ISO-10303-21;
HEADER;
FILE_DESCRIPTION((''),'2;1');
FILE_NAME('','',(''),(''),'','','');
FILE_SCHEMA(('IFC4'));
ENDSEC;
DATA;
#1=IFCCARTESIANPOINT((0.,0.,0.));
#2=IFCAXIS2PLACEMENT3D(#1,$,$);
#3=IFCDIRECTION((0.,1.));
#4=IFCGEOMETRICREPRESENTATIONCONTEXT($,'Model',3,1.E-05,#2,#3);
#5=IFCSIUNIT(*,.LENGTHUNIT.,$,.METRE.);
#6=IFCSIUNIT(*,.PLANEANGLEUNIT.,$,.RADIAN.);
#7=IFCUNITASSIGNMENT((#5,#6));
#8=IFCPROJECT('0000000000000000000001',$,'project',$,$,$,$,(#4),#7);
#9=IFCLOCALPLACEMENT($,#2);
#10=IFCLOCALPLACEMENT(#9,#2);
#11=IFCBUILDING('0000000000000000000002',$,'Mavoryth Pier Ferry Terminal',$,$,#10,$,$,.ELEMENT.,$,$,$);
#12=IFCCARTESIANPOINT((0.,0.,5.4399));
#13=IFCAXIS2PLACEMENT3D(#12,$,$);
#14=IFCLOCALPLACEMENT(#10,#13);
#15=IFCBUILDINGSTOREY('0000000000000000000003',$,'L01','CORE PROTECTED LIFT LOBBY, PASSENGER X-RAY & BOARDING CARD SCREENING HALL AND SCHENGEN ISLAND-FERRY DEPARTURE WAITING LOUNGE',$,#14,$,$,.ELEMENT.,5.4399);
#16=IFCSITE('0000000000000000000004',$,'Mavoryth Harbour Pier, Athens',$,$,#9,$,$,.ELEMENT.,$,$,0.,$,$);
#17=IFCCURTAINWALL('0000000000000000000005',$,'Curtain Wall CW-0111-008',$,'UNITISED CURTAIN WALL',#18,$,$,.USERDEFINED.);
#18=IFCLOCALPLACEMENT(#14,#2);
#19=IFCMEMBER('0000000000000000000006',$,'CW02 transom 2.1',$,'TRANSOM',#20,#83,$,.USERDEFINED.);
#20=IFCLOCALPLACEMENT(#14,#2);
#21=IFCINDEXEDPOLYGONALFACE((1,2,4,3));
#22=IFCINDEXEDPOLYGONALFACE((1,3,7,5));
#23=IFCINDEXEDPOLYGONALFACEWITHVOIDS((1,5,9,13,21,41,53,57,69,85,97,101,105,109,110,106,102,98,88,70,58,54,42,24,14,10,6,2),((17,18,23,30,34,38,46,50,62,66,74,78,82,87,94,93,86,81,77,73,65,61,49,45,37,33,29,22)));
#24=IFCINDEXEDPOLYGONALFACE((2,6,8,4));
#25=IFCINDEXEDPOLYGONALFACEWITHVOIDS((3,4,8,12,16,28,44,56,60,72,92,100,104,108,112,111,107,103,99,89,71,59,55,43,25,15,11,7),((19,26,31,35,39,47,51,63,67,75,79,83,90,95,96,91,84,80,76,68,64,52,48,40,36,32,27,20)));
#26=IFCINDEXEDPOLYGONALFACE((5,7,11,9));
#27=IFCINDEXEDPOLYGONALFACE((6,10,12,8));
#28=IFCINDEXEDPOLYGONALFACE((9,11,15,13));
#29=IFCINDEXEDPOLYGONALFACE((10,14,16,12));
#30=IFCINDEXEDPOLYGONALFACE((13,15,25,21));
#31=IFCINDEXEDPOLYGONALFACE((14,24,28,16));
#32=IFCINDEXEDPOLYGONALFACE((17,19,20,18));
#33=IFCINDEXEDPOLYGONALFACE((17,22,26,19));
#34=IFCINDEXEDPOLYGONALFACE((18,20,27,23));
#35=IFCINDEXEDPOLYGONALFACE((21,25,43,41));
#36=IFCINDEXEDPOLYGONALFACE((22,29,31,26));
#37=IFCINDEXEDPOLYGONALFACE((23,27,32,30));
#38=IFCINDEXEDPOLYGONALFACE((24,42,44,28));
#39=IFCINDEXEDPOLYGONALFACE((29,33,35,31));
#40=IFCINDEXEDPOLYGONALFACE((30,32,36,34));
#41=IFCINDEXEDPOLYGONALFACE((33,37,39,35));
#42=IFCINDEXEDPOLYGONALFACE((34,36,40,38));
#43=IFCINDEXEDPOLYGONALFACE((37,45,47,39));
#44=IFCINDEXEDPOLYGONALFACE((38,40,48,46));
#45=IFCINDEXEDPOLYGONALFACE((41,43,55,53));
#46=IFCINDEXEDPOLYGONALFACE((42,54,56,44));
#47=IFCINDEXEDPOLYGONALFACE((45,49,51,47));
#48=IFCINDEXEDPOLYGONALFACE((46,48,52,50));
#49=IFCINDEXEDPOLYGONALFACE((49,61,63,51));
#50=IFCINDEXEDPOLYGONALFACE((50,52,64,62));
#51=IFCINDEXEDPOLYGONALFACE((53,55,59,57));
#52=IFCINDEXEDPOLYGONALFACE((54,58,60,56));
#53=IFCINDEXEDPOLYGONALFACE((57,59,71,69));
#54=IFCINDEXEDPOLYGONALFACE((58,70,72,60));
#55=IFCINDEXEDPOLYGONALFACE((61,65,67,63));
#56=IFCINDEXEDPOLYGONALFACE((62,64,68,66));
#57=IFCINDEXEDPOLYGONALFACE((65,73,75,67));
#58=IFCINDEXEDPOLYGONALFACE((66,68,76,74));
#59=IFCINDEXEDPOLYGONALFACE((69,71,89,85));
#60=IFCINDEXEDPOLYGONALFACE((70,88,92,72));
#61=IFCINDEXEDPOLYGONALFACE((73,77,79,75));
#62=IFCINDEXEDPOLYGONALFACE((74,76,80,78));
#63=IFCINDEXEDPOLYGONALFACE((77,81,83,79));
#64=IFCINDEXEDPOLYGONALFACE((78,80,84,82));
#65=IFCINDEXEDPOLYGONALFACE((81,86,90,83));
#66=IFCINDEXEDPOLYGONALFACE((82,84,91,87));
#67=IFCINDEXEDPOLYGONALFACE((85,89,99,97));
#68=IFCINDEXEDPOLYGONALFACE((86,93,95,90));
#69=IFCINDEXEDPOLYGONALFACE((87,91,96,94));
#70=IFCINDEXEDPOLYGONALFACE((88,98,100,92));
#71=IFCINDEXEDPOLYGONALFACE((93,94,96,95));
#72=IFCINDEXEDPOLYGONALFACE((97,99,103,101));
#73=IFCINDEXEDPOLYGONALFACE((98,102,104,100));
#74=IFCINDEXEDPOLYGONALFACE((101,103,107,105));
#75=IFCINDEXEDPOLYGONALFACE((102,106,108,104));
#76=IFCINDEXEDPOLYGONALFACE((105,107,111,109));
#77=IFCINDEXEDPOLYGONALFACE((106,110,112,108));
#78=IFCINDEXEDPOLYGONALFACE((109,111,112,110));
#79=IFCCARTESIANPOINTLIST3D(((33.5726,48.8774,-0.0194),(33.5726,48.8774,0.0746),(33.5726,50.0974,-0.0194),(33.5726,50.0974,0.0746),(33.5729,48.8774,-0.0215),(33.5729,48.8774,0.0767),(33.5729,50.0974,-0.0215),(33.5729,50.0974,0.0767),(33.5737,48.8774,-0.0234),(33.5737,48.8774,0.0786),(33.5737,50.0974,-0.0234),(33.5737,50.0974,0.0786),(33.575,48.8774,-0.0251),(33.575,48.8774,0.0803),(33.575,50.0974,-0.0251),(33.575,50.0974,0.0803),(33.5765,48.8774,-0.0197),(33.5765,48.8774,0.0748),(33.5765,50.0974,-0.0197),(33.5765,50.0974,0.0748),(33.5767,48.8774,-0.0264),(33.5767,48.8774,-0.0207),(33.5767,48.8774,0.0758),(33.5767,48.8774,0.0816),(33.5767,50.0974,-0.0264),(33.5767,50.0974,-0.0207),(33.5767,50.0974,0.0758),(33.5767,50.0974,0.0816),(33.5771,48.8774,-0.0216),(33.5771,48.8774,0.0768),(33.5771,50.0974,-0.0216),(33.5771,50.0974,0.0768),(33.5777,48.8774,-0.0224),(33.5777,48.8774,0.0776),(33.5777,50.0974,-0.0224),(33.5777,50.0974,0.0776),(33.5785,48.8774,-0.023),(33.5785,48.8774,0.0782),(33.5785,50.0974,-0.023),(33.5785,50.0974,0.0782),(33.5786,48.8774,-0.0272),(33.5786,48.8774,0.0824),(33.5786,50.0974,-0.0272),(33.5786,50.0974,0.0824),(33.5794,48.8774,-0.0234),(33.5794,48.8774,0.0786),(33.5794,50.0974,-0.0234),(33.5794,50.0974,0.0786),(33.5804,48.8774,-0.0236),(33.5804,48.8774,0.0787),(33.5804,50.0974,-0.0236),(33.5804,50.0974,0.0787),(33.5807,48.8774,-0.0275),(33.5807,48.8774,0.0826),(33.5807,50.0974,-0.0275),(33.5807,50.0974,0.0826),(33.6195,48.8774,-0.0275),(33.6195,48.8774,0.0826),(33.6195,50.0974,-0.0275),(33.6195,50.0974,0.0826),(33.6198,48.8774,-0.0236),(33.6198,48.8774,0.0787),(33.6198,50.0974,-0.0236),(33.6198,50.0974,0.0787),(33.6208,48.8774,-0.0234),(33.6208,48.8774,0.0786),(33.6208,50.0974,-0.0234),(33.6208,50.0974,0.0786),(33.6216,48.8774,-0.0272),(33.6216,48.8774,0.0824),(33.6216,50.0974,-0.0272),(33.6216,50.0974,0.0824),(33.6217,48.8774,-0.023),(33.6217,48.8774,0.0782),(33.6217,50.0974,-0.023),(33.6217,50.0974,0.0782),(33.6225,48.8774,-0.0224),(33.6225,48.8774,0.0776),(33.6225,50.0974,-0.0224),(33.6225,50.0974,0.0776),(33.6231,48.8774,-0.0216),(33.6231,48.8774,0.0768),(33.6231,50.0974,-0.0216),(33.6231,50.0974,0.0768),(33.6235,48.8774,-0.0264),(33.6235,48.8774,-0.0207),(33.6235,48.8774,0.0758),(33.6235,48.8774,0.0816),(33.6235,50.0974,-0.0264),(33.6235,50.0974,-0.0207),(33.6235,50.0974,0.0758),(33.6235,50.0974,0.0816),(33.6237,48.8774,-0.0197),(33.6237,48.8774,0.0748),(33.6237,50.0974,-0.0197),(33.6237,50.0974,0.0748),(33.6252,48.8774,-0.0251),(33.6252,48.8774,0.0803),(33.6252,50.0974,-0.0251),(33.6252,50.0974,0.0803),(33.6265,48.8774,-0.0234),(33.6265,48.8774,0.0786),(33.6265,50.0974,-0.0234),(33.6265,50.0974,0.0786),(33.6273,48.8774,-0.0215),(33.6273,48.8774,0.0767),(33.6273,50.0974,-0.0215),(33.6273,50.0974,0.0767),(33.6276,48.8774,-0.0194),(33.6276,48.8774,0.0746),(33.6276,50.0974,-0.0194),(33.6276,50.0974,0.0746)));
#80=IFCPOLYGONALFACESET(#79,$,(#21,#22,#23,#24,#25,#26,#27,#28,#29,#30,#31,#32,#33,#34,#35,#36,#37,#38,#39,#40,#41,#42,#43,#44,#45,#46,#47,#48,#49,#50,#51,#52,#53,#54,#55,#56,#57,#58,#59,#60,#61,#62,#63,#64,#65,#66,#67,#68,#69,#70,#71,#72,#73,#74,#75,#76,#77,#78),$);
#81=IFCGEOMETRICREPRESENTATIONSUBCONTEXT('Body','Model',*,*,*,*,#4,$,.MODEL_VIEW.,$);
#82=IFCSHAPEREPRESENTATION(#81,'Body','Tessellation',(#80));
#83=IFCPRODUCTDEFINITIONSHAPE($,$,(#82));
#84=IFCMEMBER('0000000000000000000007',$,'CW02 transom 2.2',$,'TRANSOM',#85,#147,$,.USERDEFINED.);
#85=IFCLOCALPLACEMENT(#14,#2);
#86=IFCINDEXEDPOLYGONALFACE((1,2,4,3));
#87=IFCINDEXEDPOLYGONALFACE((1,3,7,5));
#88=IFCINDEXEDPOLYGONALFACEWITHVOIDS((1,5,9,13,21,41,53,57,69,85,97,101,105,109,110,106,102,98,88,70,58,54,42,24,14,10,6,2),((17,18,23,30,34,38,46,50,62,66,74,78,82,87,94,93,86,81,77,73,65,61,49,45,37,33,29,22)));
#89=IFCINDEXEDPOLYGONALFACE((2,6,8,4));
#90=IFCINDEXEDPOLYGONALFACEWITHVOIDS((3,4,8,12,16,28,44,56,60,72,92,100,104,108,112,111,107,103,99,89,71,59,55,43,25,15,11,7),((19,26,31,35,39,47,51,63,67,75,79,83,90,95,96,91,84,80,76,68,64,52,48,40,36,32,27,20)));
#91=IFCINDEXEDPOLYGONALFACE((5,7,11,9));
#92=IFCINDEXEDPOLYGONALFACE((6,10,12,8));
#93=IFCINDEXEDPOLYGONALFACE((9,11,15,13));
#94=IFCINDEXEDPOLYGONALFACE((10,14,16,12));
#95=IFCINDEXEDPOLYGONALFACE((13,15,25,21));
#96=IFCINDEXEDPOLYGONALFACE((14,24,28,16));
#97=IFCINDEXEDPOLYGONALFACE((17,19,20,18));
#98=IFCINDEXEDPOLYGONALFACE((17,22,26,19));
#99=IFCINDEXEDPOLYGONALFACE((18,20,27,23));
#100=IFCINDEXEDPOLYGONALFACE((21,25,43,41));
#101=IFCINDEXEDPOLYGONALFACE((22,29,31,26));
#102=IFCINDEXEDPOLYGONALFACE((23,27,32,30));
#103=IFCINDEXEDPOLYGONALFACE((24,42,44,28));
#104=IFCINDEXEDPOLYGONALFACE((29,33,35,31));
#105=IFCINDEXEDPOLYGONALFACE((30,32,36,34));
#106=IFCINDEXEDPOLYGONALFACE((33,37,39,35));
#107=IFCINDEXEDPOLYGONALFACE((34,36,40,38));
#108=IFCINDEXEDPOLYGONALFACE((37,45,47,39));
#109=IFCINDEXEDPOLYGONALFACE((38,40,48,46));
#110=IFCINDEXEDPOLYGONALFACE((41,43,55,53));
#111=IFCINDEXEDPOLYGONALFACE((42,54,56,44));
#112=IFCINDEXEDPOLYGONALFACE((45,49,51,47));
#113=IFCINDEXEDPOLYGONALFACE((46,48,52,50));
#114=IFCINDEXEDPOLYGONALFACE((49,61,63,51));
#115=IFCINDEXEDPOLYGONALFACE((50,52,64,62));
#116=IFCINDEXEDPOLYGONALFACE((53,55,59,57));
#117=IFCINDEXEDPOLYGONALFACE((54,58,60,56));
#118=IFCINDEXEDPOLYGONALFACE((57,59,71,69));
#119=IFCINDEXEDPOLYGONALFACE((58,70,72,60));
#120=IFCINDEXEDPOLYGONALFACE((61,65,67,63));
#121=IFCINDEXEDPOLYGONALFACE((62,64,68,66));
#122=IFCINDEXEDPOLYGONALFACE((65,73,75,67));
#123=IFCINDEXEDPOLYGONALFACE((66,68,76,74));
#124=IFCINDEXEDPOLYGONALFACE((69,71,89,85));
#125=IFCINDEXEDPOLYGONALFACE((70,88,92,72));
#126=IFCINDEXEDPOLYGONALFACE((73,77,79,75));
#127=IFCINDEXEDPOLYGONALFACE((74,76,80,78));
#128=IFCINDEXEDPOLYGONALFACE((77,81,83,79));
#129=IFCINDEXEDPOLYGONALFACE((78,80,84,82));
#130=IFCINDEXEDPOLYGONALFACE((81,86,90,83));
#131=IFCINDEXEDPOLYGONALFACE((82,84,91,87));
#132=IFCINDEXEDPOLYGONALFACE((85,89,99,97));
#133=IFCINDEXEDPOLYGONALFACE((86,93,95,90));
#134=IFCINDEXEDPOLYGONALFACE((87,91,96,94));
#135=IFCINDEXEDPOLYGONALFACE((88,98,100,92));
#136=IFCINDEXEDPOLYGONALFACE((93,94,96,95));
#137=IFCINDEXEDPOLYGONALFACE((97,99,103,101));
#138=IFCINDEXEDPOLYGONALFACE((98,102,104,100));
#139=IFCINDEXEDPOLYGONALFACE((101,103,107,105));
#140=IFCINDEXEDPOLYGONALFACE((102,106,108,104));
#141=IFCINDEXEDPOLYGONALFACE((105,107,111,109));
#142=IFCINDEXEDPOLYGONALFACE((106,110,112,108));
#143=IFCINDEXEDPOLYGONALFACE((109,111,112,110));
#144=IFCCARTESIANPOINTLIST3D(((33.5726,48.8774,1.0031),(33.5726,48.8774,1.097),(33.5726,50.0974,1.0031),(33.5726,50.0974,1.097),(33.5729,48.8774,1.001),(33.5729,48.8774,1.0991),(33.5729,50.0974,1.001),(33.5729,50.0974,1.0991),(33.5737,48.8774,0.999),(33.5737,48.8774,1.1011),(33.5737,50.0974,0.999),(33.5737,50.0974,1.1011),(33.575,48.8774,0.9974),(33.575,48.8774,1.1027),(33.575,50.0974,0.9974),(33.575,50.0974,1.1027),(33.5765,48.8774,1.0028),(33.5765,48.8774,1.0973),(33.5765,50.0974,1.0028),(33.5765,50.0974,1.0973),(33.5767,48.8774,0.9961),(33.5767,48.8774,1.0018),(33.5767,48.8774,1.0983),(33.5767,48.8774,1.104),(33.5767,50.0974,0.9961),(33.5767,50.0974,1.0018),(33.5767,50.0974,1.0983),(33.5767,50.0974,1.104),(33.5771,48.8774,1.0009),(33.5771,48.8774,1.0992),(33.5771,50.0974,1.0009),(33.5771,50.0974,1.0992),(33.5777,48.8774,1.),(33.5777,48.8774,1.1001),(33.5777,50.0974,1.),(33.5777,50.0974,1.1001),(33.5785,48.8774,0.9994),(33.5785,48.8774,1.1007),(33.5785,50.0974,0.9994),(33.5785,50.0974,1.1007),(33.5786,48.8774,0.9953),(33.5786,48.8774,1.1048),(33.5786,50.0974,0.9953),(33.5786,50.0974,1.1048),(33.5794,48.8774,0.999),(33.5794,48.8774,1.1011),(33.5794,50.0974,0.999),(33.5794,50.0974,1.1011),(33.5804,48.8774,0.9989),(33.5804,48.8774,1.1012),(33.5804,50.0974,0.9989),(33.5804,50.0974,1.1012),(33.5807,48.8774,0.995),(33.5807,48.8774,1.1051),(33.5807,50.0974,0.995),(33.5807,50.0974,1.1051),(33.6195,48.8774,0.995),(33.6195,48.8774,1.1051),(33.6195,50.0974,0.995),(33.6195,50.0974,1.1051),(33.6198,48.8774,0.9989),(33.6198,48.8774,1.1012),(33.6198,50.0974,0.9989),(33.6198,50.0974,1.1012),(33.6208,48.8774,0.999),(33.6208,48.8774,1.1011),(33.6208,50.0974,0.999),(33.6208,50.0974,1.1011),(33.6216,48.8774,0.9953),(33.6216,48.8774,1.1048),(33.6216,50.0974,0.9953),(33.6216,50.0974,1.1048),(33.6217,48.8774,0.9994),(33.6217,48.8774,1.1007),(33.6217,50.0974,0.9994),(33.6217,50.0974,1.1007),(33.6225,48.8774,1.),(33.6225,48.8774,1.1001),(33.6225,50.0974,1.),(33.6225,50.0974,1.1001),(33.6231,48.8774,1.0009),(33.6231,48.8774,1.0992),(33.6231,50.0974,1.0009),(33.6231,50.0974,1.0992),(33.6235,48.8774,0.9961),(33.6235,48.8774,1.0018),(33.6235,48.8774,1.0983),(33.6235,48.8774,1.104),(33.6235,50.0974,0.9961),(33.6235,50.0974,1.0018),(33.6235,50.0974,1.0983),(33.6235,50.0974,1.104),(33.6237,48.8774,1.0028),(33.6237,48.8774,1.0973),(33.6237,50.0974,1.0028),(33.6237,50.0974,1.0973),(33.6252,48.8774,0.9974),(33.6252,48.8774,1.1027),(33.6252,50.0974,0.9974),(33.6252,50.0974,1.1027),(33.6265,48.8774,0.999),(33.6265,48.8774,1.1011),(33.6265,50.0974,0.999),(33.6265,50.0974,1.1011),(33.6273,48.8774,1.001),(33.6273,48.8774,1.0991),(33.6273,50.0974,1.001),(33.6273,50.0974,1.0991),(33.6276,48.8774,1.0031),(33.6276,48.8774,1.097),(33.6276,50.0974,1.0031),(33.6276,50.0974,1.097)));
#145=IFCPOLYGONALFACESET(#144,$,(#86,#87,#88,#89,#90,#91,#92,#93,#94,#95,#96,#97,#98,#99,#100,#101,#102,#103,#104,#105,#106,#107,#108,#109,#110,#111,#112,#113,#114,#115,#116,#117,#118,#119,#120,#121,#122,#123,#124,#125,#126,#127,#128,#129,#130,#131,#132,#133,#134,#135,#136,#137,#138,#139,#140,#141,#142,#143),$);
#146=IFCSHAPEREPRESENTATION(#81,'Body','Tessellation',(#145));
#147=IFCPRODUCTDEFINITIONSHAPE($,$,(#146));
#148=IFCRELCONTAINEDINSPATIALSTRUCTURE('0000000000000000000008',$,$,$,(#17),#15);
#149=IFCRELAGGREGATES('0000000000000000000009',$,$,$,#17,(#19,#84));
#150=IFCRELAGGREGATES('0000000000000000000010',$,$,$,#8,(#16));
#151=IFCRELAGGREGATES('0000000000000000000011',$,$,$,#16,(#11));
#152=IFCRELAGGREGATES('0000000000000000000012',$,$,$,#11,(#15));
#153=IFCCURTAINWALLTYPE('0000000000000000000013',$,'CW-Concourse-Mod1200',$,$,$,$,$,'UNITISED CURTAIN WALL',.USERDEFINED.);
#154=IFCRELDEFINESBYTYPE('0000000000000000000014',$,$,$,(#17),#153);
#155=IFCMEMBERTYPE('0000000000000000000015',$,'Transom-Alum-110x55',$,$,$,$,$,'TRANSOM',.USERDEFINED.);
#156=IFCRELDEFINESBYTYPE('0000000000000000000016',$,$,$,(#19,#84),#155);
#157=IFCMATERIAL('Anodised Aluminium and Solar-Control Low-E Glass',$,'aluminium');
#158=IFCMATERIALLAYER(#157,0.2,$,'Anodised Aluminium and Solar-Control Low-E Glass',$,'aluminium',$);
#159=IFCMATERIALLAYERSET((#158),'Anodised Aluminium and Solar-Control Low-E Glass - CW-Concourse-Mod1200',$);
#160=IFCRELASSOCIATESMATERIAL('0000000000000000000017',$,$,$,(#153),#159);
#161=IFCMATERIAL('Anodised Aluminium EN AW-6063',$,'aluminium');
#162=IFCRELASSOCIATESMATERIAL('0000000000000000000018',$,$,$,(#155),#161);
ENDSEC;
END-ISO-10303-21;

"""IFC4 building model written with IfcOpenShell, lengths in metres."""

from ifc_helpers import new_model, si_unit, direction, frame, origin, origin_2d, place, context, subcontext, project, spatial, hollow_rectangle, extrude, material, layer, layer_set, material_profile, profile_set, type_object, element, aggregate, save


model = new_model("IFC4")

# Units and contexts
model_context = context("Model", 3, precision=1e-05, world=origin(), true_north=direction((0.0, 1.0)))
body_context = subcontext(model_context, "Body", "Model", "MODEL_VIEW")
ifc_project = project(units=[si_unit("LENGTHUNIT", "METRE"), si_unit("PLANEANGLEUNIT", "RADIAN")], contexts=[model_context])

# Site, building, storey
site_placement = place(None, origin())
site = spatial("IfcSite", under=ifc_project, at=site_placement, Name="Mavoryth Harbour Pier, Athens", CompositionType="ELEMENT", RefElevation=0.0)
building_placement = place(site_placement, origin())
building = spatial("IfcBuilding", under=site, at=building_placement, Name="Mavoryth Pier Ferry Terminal", CompositionType="ELEMENT")
storey_placement = place(building_placement, frame((0.0, 0.0, 5.4399)))
storey = spatial("IfcBuildingStorey", under=building, at=storey_placement, Name="L01", Description="CORE PROTECTED LIFT LOBBY, PASSENGER X-RAY & BOARDING CARD SCREENING HALL AND SCHENGEN ISLAND-FERRY DEPARTURE WAITING LOUNGE", CompositionType="ELEMENT", Elevation=5.4399)

# Curtain wall
ifc_material_1 = material(Name="Anodised Aluminium and Solar-Control Low-E Glass", Category="aluminium")
ifc_layer_1 = layer(ifc_material_1, 0.2, Name="Anodised Aluminium and Solar-Control Low-E Glass", Category="aluminium")
ifc_layer_set_1 = layer_set([ifc_layer_1], Name="Anodised Aluminium and Solar-Control Low-E Glass - CW-Concourse-Mod1200")
curtain_wall_type = type_object("IfcCurtainWallType", Name="CW-Concourse-Mod1200", ElementType="UNITISED CURTAIN WALL", PredefinedType="USERDEFINED", material=ifc_layer_set_1)
curtain_wall_placement = place(storey_placement, origin())
curtain_wall = element("IfcCurtainWall", 1, at=curtain_wall_placement, inside=storey, type_object=curtain_wall_type, Name="Curtain Wall CW-0111-008", ObjectType="UNITISED CURTAIN WALL", PredefinedType="USERDEFINED")
ifc_material_2 = material(Name="Anodised Aluminium EN AW-6063", Category="aluminium")

# Members
ifc_material_profile_1 = material_profile(ifc_material_2, hollow_rectangle(XDim=0.0549, YDim=0.1101, WallThickness=0.0039, InnerFilletRadius=0.0039, OuterFilletRadius=0.0081, at=origin_2d()), Name="AL-TRAN 110x55x4", Category="aluminium")
ifc_profile_set_1 = profile_set([ifc_material_profile_1], Name="Anodised Aluminium EN AW-6063 - AL-TRAN 110x55x4")
member_type_1 = type_object("IfcMemberType", Name="Transom-Alum-110x55", ElementType="TRANSOM", PredefinedType="USERDEFINED", material=ifc_profile_set_1)
member_1_placement = place(storey_placement, frame((33.6001, 48.8774, 0.0276), z_axis=(0.0, 1.0, 0.0), x_axis=(-1.0, 0.0, 0.0)))
member_1 = element("IfcMember", 2, at=member_1_placement, type_object=member_type_1, Name="CW02 transom 2.1", ObjectType="TRANSOM", PredefinedType="USERDEFINED", context=body_context, shape_type="SweptSolid", body=[
    extrude(hollow_rectangle(XDim=0.0549, YDim=0.1101, WallThickness=0.0039, InnerFilletRadius=0.0039, OuterFilletRadius=0.0081, at=origin_2d()), origin(), (0.0, 0.0, 1.0), 1.22),
])
member_2_placement = place(storey_placement, frame((33.6001, 48.8774, 1.05), z_axis=(0.0, 1.0, 0.0), x_axis=(-1.0, 0.0, 0.0)))
member_2 = element("IfcMember", 3, at=member_2_placement, type_object=member_type_1, Name="CW02 transom 2.2", ObjectType="TRANSOM", PredefinedType="USERDEFINED", context=body_context, shape_type="SweptSolid", body=[
    extrude(hollow_rectangle(XDim=0.0549, YDim=0.1101, WallThickness=0.0039, InnerFilletRadius=0.0039, OuterFilletRadius=0.0081, at=origin_2d()), origin(), (0.0, 0.0, 1.0), 1.22),
])

aggregate(curtain_wall, [member_1, member_2])

save(model, "model.ifc")
